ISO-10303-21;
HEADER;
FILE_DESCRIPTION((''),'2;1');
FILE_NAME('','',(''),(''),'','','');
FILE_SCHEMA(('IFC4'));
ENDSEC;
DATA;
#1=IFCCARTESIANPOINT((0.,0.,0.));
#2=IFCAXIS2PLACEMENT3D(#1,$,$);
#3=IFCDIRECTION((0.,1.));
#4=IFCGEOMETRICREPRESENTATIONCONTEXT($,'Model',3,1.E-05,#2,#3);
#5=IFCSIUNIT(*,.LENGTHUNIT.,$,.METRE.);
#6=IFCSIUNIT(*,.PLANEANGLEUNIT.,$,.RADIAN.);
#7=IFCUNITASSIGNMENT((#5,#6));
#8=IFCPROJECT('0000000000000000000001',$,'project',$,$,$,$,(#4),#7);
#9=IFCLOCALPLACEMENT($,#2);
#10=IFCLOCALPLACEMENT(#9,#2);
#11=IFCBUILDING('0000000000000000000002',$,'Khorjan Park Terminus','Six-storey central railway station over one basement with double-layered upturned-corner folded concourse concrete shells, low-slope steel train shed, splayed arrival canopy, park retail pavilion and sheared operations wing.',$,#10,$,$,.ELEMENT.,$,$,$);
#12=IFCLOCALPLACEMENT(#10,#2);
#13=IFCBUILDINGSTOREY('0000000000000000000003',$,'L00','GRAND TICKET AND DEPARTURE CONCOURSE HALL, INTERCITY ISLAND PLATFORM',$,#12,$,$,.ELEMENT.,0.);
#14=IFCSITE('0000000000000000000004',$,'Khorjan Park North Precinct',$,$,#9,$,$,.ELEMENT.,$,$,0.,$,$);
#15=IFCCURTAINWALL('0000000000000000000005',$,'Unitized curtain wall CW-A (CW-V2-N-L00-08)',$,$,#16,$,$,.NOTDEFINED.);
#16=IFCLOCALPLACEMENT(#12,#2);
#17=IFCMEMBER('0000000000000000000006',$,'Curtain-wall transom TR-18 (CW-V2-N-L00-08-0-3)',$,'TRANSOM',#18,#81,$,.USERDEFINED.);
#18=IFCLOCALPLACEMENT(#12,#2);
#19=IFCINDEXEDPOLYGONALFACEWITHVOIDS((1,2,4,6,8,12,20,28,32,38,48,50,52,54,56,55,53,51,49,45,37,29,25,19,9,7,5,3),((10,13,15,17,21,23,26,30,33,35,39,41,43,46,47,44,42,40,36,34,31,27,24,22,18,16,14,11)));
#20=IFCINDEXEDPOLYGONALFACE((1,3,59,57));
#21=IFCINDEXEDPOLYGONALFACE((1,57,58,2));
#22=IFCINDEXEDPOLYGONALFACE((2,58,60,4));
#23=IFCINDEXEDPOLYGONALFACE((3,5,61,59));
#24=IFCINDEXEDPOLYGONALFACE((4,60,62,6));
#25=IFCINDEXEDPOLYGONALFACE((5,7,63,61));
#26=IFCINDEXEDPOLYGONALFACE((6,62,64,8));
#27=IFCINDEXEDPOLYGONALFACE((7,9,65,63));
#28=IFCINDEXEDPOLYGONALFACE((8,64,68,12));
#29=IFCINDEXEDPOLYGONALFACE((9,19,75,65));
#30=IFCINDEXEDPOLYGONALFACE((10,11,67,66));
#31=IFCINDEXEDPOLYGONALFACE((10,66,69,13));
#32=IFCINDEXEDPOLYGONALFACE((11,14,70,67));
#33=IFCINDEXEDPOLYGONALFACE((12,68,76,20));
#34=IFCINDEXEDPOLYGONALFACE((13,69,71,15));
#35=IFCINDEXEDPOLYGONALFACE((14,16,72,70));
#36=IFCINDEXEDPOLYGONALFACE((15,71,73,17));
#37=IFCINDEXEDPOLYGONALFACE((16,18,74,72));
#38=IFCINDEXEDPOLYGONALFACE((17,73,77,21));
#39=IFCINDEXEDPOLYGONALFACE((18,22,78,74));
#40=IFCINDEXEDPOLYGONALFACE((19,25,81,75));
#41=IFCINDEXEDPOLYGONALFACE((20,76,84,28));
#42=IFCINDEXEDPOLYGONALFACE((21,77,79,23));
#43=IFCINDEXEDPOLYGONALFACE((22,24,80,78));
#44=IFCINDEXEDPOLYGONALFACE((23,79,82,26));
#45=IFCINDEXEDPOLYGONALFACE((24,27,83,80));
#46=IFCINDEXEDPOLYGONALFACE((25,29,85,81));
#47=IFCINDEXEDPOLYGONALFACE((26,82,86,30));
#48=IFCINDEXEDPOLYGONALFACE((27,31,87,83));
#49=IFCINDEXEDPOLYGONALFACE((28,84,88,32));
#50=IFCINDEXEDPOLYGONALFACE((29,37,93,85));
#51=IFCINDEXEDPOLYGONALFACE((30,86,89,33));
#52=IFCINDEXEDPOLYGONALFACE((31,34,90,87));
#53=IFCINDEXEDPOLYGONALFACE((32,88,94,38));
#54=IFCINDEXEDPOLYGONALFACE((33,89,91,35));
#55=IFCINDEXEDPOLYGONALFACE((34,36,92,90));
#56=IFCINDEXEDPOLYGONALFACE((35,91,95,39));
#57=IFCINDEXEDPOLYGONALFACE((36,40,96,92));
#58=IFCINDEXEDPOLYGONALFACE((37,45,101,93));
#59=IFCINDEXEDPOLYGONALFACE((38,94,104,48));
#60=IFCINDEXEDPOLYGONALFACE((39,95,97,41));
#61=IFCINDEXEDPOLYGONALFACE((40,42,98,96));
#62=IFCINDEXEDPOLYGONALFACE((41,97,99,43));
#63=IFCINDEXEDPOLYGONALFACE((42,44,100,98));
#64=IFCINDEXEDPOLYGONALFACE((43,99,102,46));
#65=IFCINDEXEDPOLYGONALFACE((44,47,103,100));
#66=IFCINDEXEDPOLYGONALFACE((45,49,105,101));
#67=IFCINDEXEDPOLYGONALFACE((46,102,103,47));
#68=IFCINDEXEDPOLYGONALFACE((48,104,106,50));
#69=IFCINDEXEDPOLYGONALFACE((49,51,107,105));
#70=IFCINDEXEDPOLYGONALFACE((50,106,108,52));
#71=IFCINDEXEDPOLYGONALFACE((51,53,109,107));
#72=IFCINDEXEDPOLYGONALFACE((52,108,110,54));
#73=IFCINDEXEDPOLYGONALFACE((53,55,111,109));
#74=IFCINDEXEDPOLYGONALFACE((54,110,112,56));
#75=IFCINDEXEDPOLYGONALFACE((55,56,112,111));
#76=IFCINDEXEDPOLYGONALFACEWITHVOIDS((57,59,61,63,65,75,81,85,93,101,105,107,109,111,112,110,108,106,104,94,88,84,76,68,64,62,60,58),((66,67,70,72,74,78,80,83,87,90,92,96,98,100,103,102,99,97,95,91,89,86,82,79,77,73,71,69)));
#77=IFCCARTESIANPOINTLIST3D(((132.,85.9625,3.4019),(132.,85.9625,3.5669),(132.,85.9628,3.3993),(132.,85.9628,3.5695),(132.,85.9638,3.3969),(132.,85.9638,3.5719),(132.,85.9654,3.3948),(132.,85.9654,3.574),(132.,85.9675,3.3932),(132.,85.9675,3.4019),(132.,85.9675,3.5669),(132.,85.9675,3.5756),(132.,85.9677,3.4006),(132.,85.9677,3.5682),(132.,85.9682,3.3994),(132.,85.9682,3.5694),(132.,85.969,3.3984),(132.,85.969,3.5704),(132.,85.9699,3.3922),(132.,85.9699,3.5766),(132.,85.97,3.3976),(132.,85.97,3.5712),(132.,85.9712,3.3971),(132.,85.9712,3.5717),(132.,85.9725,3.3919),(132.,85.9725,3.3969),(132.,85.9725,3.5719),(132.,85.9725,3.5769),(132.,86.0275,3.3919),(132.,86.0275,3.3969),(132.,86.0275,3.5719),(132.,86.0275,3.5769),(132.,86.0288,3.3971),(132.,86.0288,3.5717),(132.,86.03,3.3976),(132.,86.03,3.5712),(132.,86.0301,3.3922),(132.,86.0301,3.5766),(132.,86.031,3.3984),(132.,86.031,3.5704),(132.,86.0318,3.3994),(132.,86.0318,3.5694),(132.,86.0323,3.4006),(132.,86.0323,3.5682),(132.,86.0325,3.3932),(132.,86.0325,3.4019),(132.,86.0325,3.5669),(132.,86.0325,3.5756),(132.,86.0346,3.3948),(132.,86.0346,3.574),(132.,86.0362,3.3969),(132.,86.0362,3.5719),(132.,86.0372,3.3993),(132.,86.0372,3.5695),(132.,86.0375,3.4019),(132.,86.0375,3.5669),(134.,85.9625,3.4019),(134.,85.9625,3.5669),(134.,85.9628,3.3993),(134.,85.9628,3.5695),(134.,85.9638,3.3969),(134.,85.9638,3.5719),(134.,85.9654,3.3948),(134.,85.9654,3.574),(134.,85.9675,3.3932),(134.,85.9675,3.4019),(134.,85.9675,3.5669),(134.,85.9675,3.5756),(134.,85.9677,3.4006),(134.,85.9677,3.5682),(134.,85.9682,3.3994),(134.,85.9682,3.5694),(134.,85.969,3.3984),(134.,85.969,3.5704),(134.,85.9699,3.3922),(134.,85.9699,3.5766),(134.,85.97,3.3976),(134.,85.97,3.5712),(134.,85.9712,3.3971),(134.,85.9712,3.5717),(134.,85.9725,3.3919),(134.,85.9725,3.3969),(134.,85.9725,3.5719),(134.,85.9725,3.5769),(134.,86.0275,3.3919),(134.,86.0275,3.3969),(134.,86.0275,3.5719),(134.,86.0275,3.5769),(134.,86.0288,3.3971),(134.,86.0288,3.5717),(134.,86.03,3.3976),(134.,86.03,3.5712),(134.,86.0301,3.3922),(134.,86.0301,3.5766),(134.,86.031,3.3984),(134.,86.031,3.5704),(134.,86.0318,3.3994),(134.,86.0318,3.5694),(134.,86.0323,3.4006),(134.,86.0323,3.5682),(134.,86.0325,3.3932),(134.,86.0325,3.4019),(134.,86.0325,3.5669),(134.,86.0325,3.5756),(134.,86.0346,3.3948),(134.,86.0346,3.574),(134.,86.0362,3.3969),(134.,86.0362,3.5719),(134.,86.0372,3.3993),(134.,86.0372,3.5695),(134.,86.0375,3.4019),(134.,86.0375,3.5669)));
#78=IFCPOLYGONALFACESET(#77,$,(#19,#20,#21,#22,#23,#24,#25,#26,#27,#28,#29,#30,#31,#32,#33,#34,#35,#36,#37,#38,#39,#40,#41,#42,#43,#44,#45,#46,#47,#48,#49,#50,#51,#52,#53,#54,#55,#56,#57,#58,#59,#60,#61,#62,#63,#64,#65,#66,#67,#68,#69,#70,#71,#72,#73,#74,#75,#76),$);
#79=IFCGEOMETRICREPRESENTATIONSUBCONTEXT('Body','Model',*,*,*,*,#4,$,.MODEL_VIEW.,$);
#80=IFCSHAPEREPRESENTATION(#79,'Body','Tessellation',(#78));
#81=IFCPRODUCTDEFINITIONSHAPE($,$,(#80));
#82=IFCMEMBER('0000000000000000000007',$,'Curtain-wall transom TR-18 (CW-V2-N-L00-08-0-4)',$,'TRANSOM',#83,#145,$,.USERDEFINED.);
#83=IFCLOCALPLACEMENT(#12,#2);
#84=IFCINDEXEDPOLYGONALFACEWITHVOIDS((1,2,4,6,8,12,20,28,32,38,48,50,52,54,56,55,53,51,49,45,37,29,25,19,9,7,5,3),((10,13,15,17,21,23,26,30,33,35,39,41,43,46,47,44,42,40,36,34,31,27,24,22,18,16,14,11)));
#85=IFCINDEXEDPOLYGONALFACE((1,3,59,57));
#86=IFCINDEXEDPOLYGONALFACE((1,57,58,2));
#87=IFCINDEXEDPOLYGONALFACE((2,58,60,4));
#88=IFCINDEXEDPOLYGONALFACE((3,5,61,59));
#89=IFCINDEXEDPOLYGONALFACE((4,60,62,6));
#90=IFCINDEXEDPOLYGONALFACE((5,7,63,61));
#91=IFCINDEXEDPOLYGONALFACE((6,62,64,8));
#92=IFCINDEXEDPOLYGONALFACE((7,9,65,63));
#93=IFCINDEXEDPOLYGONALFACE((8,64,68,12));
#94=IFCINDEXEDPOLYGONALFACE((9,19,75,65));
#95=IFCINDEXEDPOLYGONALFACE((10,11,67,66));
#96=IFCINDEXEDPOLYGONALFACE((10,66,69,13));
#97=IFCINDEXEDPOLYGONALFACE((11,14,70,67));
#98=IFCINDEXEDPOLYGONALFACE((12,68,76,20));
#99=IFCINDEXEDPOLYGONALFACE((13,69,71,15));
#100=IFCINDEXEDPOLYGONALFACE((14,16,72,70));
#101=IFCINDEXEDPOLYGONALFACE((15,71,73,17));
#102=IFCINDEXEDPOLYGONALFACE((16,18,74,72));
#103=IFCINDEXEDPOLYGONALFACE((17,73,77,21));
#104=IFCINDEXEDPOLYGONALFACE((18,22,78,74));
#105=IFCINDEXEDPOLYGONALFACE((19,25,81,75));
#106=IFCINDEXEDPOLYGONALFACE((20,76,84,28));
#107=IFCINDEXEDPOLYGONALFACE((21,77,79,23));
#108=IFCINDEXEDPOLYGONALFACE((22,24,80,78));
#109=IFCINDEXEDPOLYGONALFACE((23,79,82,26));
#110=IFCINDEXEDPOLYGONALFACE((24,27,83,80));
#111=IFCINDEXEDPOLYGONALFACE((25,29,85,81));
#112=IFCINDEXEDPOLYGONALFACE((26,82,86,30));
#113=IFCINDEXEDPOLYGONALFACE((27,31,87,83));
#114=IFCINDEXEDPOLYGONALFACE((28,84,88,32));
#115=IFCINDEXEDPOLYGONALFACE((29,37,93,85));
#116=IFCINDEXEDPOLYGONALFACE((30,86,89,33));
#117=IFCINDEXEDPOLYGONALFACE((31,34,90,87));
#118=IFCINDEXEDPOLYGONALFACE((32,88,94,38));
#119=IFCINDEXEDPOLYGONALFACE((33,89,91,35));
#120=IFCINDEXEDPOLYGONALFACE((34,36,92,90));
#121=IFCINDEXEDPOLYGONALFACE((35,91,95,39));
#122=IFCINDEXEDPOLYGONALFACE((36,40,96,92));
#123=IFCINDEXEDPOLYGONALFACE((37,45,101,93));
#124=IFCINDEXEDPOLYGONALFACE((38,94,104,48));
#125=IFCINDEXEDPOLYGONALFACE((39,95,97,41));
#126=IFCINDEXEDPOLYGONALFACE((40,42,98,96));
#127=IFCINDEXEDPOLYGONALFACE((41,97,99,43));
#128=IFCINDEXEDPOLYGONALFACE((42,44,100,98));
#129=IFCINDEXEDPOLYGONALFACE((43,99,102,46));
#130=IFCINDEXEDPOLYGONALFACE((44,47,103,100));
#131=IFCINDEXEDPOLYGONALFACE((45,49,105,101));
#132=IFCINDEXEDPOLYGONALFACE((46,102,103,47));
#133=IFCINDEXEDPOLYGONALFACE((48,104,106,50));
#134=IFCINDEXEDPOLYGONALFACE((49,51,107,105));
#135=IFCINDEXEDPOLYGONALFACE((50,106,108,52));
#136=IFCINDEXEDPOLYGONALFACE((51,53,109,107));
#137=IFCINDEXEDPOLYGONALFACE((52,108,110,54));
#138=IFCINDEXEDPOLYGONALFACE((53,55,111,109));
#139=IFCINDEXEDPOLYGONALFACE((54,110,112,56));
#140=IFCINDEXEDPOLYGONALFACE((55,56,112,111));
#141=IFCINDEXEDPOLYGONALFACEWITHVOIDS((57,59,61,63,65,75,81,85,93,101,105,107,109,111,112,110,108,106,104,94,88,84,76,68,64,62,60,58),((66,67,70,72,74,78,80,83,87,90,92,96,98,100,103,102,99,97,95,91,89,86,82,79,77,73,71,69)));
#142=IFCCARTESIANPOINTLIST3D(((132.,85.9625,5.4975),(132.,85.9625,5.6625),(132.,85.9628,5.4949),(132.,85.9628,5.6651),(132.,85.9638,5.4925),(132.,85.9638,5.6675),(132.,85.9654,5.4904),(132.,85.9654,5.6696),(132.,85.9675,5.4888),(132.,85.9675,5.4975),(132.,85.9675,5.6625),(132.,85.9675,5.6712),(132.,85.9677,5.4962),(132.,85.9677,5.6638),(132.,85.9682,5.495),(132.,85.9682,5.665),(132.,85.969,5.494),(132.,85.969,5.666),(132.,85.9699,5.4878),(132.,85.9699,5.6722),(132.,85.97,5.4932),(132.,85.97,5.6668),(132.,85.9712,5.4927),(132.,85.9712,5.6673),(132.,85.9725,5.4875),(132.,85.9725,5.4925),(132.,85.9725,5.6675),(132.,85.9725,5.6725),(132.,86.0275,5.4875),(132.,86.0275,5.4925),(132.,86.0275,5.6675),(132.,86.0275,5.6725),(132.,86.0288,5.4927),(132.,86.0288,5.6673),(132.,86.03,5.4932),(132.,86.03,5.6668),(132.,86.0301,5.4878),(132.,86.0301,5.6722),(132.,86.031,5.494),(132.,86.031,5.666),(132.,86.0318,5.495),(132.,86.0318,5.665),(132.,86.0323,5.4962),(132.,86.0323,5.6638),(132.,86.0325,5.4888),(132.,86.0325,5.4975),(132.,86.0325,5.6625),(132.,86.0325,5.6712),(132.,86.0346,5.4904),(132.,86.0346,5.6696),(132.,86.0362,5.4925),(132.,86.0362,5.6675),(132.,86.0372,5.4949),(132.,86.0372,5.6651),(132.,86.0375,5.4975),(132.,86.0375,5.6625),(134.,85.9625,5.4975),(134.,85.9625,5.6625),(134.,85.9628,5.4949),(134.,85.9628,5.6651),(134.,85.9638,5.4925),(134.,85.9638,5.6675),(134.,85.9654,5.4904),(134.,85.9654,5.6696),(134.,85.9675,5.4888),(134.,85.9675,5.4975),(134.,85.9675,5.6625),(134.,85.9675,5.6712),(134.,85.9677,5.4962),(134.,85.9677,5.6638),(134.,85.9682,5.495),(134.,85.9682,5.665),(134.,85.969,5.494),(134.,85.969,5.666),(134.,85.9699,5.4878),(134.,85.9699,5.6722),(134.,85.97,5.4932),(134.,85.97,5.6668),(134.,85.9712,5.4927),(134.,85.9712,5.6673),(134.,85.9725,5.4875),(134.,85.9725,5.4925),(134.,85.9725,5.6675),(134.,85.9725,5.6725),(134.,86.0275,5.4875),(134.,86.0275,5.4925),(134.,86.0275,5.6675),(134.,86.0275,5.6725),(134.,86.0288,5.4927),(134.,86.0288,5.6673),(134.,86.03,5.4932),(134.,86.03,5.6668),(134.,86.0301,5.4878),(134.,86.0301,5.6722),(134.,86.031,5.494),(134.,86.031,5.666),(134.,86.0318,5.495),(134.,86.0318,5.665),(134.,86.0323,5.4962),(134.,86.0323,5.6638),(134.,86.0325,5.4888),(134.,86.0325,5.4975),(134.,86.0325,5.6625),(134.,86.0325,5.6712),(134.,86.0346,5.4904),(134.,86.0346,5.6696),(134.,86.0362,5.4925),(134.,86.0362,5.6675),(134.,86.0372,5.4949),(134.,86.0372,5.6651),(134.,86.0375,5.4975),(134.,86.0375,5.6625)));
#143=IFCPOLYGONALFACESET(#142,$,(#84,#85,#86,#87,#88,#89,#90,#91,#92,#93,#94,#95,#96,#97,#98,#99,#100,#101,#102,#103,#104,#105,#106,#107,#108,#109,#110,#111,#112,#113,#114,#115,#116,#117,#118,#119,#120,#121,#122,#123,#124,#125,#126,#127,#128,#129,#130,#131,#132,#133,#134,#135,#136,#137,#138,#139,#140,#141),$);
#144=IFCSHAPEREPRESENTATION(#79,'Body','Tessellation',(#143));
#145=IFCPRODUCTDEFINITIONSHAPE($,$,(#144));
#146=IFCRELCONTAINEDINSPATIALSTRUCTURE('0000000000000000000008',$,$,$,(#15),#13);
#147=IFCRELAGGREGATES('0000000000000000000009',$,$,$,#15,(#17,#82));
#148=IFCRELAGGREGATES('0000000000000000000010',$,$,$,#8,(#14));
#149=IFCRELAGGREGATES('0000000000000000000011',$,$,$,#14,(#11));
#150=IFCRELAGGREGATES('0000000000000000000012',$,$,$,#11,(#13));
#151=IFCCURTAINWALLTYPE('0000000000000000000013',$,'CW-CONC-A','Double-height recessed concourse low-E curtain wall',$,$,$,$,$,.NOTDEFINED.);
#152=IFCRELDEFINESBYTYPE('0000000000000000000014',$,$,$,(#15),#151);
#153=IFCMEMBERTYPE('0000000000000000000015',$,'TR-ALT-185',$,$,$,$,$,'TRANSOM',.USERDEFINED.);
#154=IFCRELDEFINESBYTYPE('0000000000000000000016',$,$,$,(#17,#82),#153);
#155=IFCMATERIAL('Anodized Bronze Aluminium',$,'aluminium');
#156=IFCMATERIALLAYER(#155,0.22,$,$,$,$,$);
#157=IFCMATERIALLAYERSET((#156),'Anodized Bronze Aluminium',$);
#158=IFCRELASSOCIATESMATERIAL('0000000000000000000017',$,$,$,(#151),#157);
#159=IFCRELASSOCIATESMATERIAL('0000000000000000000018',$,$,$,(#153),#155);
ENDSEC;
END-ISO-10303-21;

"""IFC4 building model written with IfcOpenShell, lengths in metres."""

from ifc_helpers import new_model, si_unit, direction, frame, origin, origin_2d, place, context, subcontext, project, spatial, hollow_rectangle, extrude, material, layer, layer_set, material_profile, profile_set, type_object, element, aggregate, save


model = new_model("IFC4")

# Units and contexts
model_context = context("Model", 3, precision=1e-05, world=origin(), true_north=direction((0.0, 1.0)))
body_context = subcontext(model_context, "Body", "Model", "MODEL_VIEW")
ifc_project = project(units=[si_unit("LENGTHUNIT", "METRE"), si_unit("PLANEANGLEUNIT", "RADIAN")], contexts=[model_context])

# Site, building, storey
site_placement = place(None, origin())
site = spatial("IfcSite", under=ifc_project, at=site_placement, Name="Khorjan Park North Precinct", CompositionType="ELEMENT", RefElevation=0.0)
building_placement = place(site_placement, origin())
building = spatial("IfcBuilding", under=site, at=building_placement, Name="Khorjan Park Terminus", Description="Six-storey central railway station over one basement with double-layered upturned-corner folded concourse concrete shells, low-slope steel train shed, splayed arrival canopy, park retail pavilion and sheared operations wing.", CompositionType="ELEMENT")
storey_placement = place(building_placement, origin())
storey = spatial("IfcBuildingStorey", under=building, at=storey_placement, Name="L00", Description="GRAND TICKET AND DEPARTURE CONCOURSE HALL, INTERCITY ISLAND PLATFORM", CompositionType="ELEMENT", Elevation=0.0)

# Curtain wall, members
ifc_material_1 = material(Name="Anodized Bronze Aluminium", Category="aluminium")
ifc_layer_1 = layer(ifc_material_1, 0.22)
ifc_layer_set_1 = layer_set([ifc_layer_1], Name="Anodized Bronze Aluminium")
curtain_wall_type = type_object("IfcCurtainWallType", Name="CW-CONC-A", Description="Double-height recessed concourse low-E curtain wall", PredefinedType="NOTDEFINED", material=ifc_layer_set_1)
curtain_wall_1_placement = place(storey_placement, origin())
curtain_wall_1 = element("IfcCurtainWall", 1, at=curtain_wall_1_placement, inside=storey, type_object=curtain_wall_type, Name="Unitized curtain wall CW-A (CW-V2-N-L00-08)", PredefinedType="NOTDEFINED")
ifc_material_profile_1 = material_profile(ifc_material_1, hollow_rectangle(XDim=0.075, YDim=0.185, WallThickness=0.005, InnerFilletRadius=0.005, OuterFilletRadius=0.01, at=origin_2d()), Name="ALT 75x185x5")
ifc_profile_set_1 = profile_set([ifc_material_profile_1], Name="Anodized Bronze Aluminium")
member_type_1 = type_object("IfcMemberType", Name="TR-ALT-185", ElementType="TRANSOM", PredefinedType="USERDEFINED", material=ifc_profile_set_1)
member_1_placement = place(storey_placement, frame((134.0, 86.0, 3.4844), z_axis=(-1.0, 0.0, 0.0), x_axis=(0.0, -1.0, 0.0)))
member_1 = element("IfcMember", 2, at=member_1_placement, type_object=member_type_1, Name="Curtain-wall transom TR-18 (CW-V2-N-L00-08-0-3)", ObjectType="TRANSOM", PredefinedType="USERDEFINED", context=body_context, shape_type="SweptSolid", body=[
    extrude(hollow_rectangle(XDim=0.075, YDim=0.185, WallThickness=0.005, InnerFilletRadius=0.005, OuterFilletRadius=0.01, at=origin_2d()), origin(), (0.0, 0.0, 1.0), 2.0),
])
member_2_placement = place(storey_placement, frame((134.0, 86.0, 5.58), z_axis=(-1.0, 0.0, 0.0), x_axis=(0.0, -1.0, 0.0)))
member_2 = element("IfcMember", 3, at=member_2_placement, type_object=member_type_1, Name="Curtain-wall transom TR-18 (CW-V2-N-L00-08-0-4)", ObjectType="TRANSOM", PredefinedType="USERDEFINED", context=body_context, shape_type="SweptSolid", body=[
    extrude(hollow_rectangle(XDim=0.075, YDim=0.185, WallThickness=0.005, InnerFilletRadius=0.005, OuterFilletRadius=0.01, at=origin_2d()), origin(), (0.0, 0.0, 1.0), 2.0),
])

aggregate(curtain_wall_1, [member_1, member_2])

save(model, "model.ifc")
